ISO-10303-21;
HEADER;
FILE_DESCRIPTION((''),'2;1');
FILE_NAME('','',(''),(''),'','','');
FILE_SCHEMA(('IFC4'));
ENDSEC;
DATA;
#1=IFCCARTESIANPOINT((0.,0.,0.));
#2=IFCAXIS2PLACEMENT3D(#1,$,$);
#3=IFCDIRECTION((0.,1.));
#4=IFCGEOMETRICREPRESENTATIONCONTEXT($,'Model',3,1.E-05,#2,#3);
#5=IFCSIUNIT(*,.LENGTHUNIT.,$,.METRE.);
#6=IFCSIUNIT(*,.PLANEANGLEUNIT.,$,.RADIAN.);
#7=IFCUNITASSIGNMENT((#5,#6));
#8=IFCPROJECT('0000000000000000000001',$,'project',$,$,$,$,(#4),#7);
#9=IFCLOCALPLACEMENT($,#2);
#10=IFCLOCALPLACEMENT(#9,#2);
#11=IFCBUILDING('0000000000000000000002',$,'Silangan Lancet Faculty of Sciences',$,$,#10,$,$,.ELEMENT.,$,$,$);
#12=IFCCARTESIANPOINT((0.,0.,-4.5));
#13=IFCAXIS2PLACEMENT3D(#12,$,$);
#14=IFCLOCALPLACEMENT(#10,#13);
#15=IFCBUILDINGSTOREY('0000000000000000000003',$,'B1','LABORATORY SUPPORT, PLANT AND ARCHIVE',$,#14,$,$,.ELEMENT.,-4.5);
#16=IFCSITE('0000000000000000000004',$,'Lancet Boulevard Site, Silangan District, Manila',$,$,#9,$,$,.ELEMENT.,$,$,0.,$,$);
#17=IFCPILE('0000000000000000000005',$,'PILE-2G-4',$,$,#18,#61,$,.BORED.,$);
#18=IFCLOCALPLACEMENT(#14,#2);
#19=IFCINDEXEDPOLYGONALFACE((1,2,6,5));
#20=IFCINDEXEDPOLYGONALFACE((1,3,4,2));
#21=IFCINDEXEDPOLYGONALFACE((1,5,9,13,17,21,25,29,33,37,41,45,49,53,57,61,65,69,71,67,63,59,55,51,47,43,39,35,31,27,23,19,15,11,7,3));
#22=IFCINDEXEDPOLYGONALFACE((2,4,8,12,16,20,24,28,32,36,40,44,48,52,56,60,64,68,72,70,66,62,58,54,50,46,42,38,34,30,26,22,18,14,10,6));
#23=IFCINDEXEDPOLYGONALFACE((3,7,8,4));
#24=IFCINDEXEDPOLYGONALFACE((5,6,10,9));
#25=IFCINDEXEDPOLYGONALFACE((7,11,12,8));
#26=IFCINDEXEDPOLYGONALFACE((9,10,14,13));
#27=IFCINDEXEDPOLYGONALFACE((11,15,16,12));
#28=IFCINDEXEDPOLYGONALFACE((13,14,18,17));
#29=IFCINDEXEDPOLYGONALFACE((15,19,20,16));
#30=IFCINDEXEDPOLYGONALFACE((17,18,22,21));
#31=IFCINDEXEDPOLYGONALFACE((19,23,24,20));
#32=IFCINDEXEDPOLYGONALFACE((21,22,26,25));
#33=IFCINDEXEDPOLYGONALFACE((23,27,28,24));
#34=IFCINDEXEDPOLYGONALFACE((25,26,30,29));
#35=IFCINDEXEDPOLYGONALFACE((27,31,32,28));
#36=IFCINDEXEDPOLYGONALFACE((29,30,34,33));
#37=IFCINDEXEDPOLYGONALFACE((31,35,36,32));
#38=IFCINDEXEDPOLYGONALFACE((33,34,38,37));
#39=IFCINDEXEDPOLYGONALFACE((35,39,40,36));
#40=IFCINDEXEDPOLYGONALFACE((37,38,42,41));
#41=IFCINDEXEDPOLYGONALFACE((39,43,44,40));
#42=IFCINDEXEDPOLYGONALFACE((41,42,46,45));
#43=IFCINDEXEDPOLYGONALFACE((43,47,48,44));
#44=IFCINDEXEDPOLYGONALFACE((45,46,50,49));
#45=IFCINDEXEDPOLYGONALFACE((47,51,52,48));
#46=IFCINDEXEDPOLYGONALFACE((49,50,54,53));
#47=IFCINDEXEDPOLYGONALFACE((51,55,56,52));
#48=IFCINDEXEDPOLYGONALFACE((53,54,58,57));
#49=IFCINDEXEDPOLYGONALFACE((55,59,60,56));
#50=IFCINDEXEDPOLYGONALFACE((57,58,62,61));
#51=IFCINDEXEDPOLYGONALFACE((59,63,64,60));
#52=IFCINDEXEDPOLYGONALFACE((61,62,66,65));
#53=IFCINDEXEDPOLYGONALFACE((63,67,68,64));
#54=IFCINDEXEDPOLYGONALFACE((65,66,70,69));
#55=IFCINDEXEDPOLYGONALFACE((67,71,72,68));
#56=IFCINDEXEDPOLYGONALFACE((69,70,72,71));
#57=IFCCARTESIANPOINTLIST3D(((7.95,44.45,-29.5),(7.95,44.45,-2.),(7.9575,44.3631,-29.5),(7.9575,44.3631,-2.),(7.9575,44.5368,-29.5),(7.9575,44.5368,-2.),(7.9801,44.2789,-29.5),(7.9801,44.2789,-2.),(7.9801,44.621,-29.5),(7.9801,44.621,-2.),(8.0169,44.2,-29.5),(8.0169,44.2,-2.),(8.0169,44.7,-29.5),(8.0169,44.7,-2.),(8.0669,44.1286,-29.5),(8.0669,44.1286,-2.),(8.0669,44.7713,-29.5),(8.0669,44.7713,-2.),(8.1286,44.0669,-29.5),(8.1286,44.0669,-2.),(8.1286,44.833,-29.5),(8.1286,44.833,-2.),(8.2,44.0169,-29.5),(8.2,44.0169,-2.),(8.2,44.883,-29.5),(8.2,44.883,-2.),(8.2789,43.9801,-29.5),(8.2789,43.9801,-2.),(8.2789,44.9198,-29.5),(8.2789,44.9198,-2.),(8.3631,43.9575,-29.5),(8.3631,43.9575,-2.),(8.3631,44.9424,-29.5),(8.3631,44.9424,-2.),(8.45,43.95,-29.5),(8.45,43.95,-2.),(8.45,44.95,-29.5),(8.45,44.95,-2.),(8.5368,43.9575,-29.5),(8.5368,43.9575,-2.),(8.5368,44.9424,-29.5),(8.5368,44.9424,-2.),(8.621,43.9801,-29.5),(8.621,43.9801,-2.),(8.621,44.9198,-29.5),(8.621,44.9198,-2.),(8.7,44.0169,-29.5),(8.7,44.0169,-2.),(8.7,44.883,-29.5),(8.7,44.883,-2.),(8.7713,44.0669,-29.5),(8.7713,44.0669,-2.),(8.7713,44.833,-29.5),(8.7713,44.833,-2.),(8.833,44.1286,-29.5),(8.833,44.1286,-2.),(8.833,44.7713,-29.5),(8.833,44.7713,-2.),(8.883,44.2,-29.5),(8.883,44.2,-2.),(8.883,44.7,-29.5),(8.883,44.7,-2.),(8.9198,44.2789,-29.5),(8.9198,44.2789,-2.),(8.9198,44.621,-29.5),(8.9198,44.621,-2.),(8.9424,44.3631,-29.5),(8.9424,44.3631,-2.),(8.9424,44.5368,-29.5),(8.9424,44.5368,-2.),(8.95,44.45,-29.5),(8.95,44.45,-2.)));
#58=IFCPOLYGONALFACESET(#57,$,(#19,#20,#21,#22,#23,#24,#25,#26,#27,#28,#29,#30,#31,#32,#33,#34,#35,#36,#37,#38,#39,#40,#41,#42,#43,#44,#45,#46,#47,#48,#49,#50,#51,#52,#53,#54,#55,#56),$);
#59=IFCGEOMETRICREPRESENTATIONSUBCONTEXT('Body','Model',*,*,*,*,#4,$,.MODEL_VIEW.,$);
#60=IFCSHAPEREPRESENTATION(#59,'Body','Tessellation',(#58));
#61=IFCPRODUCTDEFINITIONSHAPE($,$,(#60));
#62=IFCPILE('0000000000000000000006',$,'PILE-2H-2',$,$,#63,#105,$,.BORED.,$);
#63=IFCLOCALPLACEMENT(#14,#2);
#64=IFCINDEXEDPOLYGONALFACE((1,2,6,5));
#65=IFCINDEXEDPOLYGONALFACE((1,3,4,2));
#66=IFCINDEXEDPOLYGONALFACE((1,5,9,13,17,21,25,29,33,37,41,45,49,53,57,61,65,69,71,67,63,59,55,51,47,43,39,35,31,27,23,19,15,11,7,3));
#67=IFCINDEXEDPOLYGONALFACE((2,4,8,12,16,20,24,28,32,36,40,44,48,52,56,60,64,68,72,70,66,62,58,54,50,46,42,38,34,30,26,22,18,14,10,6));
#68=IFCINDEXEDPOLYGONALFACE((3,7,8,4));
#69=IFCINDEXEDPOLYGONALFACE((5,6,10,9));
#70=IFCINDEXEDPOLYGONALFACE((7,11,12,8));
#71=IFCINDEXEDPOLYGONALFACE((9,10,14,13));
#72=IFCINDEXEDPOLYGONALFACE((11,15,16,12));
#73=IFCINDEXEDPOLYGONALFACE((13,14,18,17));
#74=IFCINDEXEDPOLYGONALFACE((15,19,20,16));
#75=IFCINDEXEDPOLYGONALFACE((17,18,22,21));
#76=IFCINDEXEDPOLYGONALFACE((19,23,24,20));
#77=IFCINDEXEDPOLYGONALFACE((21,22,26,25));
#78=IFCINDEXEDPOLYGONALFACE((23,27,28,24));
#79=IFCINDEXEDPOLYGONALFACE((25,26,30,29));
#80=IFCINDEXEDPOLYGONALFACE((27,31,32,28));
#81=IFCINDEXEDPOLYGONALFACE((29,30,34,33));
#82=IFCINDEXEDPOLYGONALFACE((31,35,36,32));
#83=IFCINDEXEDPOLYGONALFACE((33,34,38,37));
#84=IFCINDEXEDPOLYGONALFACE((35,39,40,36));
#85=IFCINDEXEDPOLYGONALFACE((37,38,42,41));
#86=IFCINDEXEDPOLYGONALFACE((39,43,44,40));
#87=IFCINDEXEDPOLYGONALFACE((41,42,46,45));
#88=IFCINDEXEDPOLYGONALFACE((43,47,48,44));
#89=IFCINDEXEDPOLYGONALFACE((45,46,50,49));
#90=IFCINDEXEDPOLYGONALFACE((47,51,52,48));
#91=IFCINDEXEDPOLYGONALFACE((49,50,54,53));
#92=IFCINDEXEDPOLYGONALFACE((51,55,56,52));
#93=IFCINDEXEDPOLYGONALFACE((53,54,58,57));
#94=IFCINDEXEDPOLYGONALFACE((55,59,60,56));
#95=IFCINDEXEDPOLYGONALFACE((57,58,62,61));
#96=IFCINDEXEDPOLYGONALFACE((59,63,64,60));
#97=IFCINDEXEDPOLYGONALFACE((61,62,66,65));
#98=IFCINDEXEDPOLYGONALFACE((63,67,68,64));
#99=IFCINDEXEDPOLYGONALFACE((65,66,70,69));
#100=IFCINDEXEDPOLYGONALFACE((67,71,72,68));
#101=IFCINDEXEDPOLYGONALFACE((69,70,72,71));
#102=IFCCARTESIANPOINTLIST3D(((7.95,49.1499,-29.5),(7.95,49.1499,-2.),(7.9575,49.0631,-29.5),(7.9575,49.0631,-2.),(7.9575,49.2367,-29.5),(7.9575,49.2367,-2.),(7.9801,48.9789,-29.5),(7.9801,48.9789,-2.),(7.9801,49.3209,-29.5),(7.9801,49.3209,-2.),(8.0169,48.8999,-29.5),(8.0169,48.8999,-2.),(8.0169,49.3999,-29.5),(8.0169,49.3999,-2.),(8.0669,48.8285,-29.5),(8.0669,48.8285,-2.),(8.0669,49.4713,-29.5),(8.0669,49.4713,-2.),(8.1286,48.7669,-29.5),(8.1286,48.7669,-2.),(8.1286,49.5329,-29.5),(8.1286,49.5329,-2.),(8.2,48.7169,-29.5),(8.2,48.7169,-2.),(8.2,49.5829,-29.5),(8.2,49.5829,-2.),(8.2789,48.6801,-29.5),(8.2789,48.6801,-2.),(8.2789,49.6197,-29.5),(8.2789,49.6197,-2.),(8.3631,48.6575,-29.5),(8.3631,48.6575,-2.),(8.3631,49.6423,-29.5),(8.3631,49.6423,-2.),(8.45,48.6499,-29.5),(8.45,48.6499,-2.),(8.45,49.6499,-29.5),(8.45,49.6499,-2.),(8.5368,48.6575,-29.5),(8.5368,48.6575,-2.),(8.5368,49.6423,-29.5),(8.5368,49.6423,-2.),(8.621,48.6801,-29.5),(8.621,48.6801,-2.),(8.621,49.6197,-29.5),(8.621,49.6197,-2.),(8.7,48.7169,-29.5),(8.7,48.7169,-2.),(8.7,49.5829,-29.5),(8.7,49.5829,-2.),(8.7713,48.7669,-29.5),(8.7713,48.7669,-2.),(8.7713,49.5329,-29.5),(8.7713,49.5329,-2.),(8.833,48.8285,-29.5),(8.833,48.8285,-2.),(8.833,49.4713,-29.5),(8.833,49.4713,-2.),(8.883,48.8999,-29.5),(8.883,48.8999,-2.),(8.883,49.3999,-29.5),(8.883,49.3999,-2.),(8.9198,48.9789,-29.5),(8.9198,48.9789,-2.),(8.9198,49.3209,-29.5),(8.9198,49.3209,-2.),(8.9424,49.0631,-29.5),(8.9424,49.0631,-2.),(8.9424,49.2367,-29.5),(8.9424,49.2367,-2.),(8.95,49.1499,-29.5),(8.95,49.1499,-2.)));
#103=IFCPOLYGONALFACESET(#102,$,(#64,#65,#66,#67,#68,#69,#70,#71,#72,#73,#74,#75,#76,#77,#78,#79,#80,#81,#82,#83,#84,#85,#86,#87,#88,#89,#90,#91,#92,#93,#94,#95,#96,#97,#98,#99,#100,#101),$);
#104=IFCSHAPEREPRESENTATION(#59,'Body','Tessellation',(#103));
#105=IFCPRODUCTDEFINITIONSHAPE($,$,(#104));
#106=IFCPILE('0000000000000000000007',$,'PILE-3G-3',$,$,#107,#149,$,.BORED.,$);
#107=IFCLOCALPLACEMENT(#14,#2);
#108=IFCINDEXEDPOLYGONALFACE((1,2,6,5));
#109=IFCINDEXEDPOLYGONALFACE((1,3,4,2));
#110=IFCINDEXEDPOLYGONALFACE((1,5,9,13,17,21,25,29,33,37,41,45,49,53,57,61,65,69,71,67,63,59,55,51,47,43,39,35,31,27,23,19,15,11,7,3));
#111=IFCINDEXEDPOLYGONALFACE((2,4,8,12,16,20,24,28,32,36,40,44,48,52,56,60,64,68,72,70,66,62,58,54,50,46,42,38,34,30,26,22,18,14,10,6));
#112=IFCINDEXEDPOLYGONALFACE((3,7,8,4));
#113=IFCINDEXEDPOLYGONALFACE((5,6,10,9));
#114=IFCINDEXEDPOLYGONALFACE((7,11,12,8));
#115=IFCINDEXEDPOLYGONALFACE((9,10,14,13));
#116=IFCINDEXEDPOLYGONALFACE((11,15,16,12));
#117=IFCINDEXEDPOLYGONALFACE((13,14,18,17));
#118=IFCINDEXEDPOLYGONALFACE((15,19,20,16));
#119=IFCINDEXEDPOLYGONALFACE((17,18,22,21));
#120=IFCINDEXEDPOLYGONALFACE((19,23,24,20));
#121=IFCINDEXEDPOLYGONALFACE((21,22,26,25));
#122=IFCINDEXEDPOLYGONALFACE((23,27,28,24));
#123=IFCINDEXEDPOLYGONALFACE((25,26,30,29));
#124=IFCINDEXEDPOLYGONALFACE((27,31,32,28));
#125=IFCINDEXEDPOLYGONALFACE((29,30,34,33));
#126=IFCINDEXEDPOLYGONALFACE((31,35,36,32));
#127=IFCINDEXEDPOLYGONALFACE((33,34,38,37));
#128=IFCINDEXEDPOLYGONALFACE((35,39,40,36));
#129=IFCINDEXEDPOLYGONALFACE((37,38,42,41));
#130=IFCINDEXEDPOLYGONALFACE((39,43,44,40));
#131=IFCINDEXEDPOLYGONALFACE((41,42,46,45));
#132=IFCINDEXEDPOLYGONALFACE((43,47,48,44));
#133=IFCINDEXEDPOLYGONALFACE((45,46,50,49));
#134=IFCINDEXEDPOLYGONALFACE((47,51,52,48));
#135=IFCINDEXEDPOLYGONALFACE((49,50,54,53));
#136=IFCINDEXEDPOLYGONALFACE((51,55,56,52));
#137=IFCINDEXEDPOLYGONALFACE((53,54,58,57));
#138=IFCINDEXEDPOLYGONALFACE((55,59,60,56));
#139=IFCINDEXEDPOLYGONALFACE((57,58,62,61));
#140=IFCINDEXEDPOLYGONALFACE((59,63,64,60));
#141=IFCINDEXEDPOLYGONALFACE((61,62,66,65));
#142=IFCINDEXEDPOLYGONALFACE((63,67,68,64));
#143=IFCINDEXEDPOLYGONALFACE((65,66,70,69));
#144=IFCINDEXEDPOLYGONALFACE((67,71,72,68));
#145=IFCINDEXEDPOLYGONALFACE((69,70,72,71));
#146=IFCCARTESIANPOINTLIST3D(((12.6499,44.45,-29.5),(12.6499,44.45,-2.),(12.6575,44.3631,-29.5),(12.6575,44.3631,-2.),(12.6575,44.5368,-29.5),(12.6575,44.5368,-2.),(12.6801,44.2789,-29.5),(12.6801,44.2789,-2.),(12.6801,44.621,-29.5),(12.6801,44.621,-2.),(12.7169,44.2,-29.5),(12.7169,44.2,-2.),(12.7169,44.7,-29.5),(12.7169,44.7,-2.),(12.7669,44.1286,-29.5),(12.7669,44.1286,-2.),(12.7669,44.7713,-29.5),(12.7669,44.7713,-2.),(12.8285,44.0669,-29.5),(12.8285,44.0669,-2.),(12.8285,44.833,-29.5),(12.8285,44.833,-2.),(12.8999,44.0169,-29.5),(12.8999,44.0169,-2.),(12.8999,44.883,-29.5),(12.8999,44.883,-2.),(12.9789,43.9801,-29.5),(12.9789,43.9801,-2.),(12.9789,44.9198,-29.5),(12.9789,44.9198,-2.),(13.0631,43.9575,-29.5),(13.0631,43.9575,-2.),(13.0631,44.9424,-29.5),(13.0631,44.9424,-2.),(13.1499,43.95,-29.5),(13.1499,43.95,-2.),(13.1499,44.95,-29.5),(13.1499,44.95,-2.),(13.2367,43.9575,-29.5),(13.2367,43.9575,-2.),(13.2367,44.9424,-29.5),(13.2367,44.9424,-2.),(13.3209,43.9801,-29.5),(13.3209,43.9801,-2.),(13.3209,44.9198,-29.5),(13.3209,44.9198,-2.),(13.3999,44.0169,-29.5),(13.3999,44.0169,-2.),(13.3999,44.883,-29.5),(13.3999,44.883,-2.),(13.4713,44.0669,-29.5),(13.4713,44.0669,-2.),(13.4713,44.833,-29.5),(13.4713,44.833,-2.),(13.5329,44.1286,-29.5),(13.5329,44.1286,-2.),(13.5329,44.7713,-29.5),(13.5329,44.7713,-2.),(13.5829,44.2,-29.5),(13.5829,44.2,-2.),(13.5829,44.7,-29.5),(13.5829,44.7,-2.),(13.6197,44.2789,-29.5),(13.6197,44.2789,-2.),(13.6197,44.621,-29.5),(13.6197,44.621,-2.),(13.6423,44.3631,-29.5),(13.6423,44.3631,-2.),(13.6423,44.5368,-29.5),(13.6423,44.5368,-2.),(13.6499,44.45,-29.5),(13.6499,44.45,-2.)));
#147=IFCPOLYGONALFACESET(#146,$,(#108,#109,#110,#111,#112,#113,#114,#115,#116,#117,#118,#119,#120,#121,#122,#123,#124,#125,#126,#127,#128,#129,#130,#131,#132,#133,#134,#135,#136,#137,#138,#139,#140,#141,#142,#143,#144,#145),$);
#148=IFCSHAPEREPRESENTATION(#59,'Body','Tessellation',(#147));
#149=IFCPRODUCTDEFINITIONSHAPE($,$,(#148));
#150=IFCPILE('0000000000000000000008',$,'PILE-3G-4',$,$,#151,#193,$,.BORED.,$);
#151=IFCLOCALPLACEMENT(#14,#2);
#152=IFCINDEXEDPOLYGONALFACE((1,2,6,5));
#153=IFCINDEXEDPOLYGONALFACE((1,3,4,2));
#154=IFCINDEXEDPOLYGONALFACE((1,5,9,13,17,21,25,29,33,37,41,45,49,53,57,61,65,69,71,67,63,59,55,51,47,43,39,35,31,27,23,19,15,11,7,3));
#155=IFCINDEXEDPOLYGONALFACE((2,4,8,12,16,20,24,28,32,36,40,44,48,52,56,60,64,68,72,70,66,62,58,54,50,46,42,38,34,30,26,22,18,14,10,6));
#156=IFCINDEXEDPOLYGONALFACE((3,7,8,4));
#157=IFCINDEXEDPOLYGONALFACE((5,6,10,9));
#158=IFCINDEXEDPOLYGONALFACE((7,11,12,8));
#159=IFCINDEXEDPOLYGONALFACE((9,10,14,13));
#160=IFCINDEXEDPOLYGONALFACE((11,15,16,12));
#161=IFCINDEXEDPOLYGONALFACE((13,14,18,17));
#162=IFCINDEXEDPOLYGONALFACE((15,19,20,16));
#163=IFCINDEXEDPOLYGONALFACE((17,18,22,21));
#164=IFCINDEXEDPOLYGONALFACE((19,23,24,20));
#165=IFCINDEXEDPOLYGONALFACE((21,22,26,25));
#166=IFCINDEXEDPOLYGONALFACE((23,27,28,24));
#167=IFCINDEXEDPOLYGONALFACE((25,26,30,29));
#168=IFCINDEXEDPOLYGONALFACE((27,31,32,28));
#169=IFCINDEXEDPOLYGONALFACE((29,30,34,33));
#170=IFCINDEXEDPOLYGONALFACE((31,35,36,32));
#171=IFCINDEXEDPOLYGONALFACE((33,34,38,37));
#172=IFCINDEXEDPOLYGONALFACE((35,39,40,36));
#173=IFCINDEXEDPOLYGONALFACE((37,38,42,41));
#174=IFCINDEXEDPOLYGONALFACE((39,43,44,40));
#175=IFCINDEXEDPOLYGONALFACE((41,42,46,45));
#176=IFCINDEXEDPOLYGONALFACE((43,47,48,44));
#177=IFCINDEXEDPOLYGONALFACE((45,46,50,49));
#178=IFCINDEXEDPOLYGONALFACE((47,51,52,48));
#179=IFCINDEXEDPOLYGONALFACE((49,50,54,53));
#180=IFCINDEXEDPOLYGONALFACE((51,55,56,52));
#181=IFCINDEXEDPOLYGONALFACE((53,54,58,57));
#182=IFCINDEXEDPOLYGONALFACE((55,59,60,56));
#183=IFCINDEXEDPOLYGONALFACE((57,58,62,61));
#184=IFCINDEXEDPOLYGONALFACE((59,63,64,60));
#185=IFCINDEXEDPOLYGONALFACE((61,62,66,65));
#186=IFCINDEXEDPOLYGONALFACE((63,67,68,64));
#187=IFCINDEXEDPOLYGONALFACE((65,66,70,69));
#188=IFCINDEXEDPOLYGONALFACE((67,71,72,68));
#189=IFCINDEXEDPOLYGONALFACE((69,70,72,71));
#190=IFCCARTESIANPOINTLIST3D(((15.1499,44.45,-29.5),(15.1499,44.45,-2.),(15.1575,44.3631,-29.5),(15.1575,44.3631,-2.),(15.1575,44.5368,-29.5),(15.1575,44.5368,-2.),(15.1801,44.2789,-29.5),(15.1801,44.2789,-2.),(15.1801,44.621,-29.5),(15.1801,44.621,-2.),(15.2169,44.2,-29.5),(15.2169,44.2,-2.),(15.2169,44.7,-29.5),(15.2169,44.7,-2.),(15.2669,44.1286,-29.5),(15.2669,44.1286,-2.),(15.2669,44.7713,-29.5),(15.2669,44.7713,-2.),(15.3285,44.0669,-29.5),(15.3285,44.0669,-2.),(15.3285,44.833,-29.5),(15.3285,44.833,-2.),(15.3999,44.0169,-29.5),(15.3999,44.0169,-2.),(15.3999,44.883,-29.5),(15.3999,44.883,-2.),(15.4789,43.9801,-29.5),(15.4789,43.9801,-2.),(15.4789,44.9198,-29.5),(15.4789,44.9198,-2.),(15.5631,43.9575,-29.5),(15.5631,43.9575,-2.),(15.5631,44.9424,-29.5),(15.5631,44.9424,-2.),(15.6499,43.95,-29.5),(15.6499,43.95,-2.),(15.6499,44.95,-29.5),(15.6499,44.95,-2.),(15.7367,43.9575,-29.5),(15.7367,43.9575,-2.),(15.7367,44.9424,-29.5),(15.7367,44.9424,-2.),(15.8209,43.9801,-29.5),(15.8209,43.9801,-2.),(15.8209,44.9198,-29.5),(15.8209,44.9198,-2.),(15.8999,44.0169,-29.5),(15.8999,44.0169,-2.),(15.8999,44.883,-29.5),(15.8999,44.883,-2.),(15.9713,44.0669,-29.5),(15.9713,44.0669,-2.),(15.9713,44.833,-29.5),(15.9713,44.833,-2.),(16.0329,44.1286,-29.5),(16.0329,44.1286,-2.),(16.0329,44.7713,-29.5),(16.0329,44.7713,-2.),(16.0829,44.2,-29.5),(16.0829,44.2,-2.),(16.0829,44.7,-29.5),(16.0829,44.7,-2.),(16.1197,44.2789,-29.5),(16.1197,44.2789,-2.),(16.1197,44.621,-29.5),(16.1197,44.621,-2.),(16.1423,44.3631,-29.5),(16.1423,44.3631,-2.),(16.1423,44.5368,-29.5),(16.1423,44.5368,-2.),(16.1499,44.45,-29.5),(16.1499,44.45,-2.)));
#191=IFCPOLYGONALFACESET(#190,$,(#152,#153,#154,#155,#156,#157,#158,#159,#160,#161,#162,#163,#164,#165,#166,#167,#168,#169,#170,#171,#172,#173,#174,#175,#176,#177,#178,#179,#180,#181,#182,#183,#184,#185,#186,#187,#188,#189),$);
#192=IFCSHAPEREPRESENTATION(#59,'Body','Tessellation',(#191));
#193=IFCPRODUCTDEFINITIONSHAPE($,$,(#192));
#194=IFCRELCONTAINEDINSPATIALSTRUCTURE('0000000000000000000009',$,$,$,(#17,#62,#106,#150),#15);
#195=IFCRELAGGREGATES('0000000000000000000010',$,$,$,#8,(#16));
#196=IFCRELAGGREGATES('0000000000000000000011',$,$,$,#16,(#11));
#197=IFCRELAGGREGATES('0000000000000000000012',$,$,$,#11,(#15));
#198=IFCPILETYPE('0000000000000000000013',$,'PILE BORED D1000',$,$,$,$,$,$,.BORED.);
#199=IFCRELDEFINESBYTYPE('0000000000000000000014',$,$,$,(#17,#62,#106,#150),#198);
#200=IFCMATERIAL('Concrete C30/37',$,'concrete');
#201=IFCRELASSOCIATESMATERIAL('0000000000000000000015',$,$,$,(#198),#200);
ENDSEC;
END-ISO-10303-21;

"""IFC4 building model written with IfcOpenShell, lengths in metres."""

from ifc_helpers import new_model, si_unit, direction, frame, origin, origin_2d, place, context, subcontext, project, spatial, circle, extrude, material, material_profile, profile_set, type_object, element, save


model = new_model("IFC4")

# Units and contexts
model_context = context("Model", 3, precision=1e-05, world=origin(), true_north=direction((0.0, 1.0)))
body_context = subcontext(model_context, "Body", "Model", "MODEL_VIEW")
ifc_project = project(units=[si_unit("LENGTHUNIT", "METRE"), si_unit("PLANEANGLEUNIT", "RADIAN")], contexts=[model_context])

# Site, building, storey
site_placement = place(None, origin())
site = spatial("IfcSite", under=ifc_project, at=site_placement, Name="Lancet Boulevard Site, Silangan District, Manila", CompositionType="ELEMENT", RefElevation=0.0)
building_placement = place(site_placement, origin())
building = spatial("IfcBuilding", under=site, at=building_placement, Name="Silangan Lancet Faculty of Sciences", CompositionType="ELEMENT")
storey_placement = place(building_placement, frame((0.0, 0.0, -4.5)))
storey = spatial("IfcBuildingStorey", under=building, at=storey_placement, Name="B1", Description="LABORATORY SUPPORT, PLANT AND ARCHIVE", CompositionType="ELEMENT", Elevation=-4.5)

# Piles
ifc_material_1 = material(Name="Concrete C30/37", Category="concrete")
ifc_material_profile_1 = material_profile(ifc_material_1, circle(Radius=0.5, at=origin_2d()), Name="BORED PILE D1000")
ifc_profile_set_1 = profile_set([ifc_material_profile_1], Name="Concrete C30/37")
pile_type = type_object("IfcPileType", Name="PILE BORED D1000", PredefinedType="BORED", material=ifc_profile_set_1)
for number, where, z_axis, x_axis, name in (
    (1, (8.45, 44.45, -2.0), (0.0, 0.0, -1.0), (1.0, 0.0, 0.0), "PILE-2G-4"),
    (2, (8.45, 49.1499, -2.0), (0.0, 0.0, -1.0), (1.0, 0.0, 0.0), "PILE-2H-2"),
    (3, (13.1499, 44.45, -2.0), (0.0, 0.0, -1.0), (1.0, 0.0, 0.0), "PILE-3G-3"),
    (4, (15.6499, 44.45, -2.0), (0.0, 0.0, -1.0), (1.0, 0.0, 0.0), "PILE-3G-4"),
):
    element("IfcPile", number, at=place(storey_placement, frame(where, z_axis=z_axis, x_axis=x_axis)), inside=storey, type_object=pile_type, Name=name, PredefinedType="BORED", context=body_context, shape_type="SweptSolid", body=[
        extrude(circle(Radius=0.5, at=origin_2d()), origin(), (0.0, 0.0, 1.0), 27.5),
    ])

save(model, "model.ifc")
